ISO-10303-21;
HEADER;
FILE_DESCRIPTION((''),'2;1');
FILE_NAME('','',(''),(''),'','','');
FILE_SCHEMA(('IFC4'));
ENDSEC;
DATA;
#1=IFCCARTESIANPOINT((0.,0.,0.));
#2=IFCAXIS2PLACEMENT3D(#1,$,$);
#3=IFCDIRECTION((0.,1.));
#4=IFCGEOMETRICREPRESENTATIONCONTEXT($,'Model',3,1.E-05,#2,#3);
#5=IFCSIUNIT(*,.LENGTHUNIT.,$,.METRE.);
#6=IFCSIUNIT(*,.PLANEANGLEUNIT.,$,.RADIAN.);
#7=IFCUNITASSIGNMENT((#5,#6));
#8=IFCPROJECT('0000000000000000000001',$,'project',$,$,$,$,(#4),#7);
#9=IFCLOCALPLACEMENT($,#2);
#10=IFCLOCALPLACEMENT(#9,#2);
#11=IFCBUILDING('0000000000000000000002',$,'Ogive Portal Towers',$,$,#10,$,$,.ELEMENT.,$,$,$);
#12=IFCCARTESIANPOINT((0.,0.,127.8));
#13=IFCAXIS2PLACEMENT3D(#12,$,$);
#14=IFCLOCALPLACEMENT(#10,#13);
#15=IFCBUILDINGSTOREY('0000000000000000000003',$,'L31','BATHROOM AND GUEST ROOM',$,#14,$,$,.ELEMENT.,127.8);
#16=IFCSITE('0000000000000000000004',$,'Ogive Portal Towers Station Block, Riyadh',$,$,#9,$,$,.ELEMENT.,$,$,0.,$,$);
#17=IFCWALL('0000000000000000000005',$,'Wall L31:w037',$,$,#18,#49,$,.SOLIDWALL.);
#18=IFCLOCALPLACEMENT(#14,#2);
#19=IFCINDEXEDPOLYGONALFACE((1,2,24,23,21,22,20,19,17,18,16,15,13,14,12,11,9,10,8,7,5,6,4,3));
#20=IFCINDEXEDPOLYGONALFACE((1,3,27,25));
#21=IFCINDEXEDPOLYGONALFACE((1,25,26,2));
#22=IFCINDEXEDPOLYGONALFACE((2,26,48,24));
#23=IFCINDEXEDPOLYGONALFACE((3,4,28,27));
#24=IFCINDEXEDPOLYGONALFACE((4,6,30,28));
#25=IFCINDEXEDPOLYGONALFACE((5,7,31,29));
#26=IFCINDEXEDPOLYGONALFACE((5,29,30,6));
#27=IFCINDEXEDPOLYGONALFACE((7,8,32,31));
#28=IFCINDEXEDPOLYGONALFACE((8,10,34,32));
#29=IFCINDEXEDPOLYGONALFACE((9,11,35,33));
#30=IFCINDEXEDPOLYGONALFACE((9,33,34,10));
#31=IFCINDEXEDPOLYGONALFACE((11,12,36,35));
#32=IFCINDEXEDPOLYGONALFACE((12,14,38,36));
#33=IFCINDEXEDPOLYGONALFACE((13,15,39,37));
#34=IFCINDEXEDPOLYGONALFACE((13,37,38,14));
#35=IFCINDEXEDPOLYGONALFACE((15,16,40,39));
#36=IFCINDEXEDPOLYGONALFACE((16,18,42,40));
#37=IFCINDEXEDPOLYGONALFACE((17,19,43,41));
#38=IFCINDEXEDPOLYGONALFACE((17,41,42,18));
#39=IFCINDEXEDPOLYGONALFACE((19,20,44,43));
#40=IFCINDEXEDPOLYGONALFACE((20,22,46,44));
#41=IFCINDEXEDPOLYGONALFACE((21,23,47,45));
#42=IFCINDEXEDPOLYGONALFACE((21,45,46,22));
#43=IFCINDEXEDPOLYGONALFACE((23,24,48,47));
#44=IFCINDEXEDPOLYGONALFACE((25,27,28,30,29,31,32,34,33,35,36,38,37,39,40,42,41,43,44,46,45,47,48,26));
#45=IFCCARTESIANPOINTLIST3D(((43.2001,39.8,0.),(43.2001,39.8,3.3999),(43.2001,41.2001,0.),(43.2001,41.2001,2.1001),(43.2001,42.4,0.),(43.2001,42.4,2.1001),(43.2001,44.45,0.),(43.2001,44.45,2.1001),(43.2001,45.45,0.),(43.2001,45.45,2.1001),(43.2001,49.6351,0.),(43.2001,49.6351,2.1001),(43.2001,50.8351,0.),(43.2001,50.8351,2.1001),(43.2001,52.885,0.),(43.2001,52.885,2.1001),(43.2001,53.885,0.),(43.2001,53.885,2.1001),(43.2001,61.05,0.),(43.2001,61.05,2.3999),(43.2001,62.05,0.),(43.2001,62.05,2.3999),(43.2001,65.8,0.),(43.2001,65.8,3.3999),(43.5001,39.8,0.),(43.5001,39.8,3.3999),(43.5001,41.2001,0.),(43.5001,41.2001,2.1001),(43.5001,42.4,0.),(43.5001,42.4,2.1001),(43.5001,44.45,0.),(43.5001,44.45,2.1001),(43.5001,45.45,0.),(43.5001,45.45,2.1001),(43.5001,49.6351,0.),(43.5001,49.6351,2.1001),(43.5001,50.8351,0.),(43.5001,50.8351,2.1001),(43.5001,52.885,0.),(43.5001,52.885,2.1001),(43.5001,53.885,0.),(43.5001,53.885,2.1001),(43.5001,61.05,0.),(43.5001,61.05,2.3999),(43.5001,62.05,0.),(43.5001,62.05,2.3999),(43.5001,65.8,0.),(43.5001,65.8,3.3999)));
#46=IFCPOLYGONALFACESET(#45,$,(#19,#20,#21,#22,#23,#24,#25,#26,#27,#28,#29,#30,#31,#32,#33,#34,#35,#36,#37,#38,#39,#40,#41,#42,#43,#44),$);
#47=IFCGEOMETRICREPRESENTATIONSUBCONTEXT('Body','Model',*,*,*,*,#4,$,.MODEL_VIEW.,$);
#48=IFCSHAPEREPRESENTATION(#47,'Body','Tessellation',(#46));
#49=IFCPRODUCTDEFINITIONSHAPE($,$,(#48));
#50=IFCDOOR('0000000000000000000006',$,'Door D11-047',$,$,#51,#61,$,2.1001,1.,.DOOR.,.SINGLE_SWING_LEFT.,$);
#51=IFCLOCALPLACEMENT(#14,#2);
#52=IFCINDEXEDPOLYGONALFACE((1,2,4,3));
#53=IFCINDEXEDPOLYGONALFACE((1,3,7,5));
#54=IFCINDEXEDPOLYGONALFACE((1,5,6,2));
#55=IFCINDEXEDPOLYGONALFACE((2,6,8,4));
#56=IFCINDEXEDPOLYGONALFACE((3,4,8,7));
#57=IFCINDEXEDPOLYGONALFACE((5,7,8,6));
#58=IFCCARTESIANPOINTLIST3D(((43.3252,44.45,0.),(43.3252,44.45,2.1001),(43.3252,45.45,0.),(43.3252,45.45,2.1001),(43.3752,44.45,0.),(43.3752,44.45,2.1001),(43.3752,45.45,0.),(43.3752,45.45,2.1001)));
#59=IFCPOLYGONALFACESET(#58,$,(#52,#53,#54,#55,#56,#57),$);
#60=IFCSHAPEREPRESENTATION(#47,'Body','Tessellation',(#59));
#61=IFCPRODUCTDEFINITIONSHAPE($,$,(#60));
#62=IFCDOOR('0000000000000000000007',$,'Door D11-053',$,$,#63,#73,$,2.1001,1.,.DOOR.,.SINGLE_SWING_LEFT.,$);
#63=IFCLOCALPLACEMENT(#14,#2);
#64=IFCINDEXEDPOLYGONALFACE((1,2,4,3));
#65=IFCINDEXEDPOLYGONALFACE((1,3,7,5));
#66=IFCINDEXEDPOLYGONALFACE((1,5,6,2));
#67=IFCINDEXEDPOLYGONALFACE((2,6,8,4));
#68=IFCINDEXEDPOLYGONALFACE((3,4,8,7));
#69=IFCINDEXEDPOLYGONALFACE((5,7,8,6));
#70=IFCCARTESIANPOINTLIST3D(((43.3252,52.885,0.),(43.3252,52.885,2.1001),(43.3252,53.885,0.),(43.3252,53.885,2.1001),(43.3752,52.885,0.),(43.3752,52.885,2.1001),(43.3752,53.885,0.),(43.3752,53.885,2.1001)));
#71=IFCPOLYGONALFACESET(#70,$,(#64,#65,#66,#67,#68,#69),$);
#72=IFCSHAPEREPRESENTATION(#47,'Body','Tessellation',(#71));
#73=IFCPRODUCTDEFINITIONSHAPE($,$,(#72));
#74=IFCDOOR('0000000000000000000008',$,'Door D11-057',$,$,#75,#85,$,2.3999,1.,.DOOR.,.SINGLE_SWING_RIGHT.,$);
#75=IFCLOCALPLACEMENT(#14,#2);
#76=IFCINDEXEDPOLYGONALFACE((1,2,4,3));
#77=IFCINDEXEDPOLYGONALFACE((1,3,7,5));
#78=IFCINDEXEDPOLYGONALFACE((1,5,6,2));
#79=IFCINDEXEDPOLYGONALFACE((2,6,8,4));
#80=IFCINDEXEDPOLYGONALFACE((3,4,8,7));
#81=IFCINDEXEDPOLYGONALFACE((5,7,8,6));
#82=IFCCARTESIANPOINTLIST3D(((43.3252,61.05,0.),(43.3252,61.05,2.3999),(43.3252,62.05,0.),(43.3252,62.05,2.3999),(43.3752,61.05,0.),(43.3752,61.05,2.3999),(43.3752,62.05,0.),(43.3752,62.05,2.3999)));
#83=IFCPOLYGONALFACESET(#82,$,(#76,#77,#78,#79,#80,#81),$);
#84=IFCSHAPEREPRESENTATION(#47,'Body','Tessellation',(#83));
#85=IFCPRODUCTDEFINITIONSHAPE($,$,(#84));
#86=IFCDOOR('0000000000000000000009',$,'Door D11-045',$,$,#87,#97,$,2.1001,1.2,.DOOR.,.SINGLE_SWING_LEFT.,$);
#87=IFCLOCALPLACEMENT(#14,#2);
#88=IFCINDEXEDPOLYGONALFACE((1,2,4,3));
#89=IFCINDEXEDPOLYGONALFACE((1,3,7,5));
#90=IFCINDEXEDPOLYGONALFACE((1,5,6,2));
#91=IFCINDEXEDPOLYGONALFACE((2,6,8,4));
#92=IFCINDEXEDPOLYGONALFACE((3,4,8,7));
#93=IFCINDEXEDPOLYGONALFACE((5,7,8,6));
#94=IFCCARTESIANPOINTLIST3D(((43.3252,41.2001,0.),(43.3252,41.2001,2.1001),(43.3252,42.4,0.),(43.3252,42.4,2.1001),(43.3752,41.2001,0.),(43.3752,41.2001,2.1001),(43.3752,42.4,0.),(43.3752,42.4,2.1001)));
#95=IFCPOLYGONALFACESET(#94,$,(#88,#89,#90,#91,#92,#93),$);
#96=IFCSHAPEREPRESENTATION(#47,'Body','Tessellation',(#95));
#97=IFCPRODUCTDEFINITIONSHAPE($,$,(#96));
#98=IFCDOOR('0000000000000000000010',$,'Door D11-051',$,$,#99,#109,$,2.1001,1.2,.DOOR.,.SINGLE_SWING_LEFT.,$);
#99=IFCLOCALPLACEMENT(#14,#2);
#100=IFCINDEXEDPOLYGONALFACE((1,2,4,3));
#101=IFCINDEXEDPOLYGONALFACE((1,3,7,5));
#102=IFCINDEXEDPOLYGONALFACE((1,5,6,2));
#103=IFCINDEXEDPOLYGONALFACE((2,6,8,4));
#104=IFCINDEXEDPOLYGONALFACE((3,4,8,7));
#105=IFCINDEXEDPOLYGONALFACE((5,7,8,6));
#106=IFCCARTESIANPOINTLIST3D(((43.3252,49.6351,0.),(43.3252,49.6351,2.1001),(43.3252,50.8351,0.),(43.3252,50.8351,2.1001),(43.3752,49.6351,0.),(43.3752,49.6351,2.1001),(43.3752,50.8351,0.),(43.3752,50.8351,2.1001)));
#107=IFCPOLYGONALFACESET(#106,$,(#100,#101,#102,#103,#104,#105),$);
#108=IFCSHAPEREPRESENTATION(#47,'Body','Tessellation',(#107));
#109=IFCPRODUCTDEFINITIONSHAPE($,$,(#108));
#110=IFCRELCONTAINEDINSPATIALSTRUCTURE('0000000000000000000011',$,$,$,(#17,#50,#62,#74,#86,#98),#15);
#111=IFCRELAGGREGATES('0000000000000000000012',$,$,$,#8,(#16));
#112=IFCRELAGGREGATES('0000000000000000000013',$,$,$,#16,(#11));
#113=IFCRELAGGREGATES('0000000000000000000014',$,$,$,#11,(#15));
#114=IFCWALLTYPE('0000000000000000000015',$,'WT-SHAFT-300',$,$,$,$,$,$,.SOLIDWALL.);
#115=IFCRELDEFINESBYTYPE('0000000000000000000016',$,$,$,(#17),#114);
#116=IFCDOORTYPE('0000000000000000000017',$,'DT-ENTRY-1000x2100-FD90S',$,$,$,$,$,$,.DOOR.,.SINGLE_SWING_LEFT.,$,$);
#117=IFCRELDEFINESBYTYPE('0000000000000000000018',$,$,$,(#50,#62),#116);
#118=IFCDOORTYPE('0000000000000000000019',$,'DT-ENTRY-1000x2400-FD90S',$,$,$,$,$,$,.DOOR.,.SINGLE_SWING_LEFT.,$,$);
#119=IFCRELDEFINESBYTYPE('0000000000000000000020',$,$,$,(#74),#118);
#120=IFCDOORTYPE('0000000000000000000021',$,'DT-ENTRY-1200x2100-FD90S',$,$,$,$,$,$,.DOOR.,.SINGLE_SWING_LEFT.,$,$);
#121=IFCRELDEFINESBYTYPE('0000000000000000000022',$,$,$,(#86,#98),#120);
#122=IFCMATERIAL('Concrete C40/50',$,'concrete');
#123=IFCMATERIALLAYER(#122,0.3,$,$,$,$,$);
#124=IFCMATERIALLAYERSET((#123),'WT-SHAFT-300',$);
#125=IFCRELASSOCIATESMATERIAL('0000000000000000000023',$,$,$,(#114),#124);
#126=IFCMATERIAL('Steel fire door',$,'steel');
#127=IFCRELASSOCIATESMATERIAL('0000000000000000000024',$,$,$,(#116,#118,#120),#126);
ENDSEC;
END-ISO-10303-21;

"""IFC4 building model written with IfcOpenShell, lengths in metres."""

from ifc_helpers import new_model, si_unit, direction, frame, frame_2d, origin, place, context, subcontext, project, spatial, rectangle, extrude, material, layer, layer_set, type_object, element, fill, save


model = new_model("IFC4")

# Units and contexts
model_context = context("Model", 3, precision=1e-05, world=origin(), true_north=direction((0.0, 1.0)))
body_context = subcontext(model_context, "Body", "Model", "MODEL_VIEW")
ifc_project = project(units=[si_unit("LENGTHUNIT", "METRE"), si_unit("PLANEANGLEUNIT", "RADIAN")], contexts=[model_context])

# Site, building, storey
site_placement = place(None, origin())
site = spatial("IfcSite", under=ifc_project, at=site_placement, Name="Ogive Portal Towers Station Block, Riyadh", CompositionType="ELEMENT", RefElevation=0.0)
building_placement = place(site_placement, origin())
building = spatial("IfcBuilding", under=site, at=building_placement, Name="Ogive Portal Towers", CompositionType="ELEMENT")
storey_placement = place(building_placement, frame((0.0, 0.0, 127.8)))
storey = spatial("IfcBuildingStorey", under=building, at=storey_placement, Name="L31", Description="BATHROOM AND GUEST ROOM", CompositionType="ELEMENT", Elevation=127.8)

# Shared definitions
ifc_material_1 = material(Name="Steel fire door", Category="steel")

# Wall, openings, doors
ifc_material_2 = material(Name="Concrete C40/50", Category="concrete")
ifc_layer_1 = layer(ifc_material_2, 0.3)
ifc_layer_set_1 = layer_set([ifc_layer_1], Name="WT-SHAFT-300")
wall_type_1 = type_object("IfcWallType", Name="WT-SHAFT-300", PredefinedType="SOLIDWALL", material=ifc_layer_set_1)
wall_1_placement = place(storey_placement, frame((43.3501, 39.8, 0.0), z_axis=(0.0, 0.0, 1.0), x_axis=(0.0, 1.0, 0.0)))
wall_1 = element("IfcWall", 1, at=wall_1_placement, inside=storey, type_object=wall_type_1, Name="Wall L31:w037", PredefinedType="SOLIDWALL", context=body_context, shape_type="SweptSolid", body=[
    extrude(rectangle(XDim=26.0, YDim=0.3, at=frame_2d((13.0, 0.0))), origin(), (0.0, 0.0, 1.0), 3.3999),
])
opening_1_placement = place(wall_1_placement, frame((1.3999, 0.0, 0.0)))
opening_1 = element("IfcOpeningElement", 2, at=opening_1_placement, cuts=wall_1, PredefinedType="OPENING", context=body_context, shape_type="SweptSolid", body=[
    extrude(rectangle(XDim=1.2, YDim=2.1001, at=frame_2d((0.6001, 1.05))), frame((0.0, 0.1602, 0.0), z_axis=(0.0, -1.0, 0.0), x_axis=(1.0, 0.0, 0.0)), (0.0, 0.0, 1.0), 0.3201),
])
opening_2_placement = place(wall_1_placement, frame((4.6499, 0.0, 0.0)))
opening_2 = element("IfcOpeningElement", 3, at=opening_2_placement, cuts=wall_1, PredefinedType="OPENING", context=body_context, shape_type="SweptSolid", body=[
    extrude(rectangle(XDim=1.0, YDim=2.1001, at=frame_2d((0.5, 1.05))), frame((0.0, 0.1602, 0.0), z_axis=(0.0, -1.0, 0.0), x_axis=(1.0, 0.0, 0.0)), (0.0, 0.0, 1.0), 0.3201),
])
opening_3_placement = place(wall_1_placement, frame((9.835, 0.0, 0.0)))
opening_3 = element("IfcOpeningElement", 4, at=opening_3_placement, cuts=wall_1, PredefinedType="OPENING", context=body_context, shape_type="SweptSolid", body=[
    extrude(rectangle(XDim=1.2, YDim=2.1001, at=frame_2d((0.6001, 1.05))), frame((0.0, 0.1602, 0.0), z_axis=(0.0, -1.0, 0.0), x_axis=(1.0, 0.0, 0.0)), (0.0, 0.0, 1.0), 0.3201),
])
opening_4_placement = place(wall_1_placement, frame((13.085, 0.0, 0.0)))
opening_4 = element("IfcOpeningElement", 5, at=opening_4_placement, cuts=wall_1, PredefinedType="OPENING", context=body_context, shape_type="SweptSolid", body=[
    extrude(rectangle(XDim=1.0, YDim=2.1001, at=frame_2d((0.5, 1.05))), frame((0.0, 0.1602, 0.0), z_axis=(0.0, -1.0, 0.0), x_axis=(1.0, 0.0, 0.0)), (0.0, 0.0, 1.0), 0.3201),
])
opening_5_placement = place(wall_1_placement, frame((21.25, 0.0, 0.0)))
opening_5 = element("IfcOpeningElement", 6, at=opening_5_placement, cuts=wall_1, PredefinedType="OPENING", context=body_context, shape_type="SweptSolid", body=[
    extrude(rectangle(XDim=1.0, YDim=2.3999, at=frame_2d((0.5, 1.2))), frame((0.0, 0.1602, 0.0), z_axis=(0.0, -1.0, 0.0), x_axis=(1.0, 0.0, 0.0)), (0.0, 0.0, 1.0), 0.3201),
])
door_type_1 = type_object("IfcDoorType", Name="DT-ENTRY-1000x2100-FD90S", OperationType="SINGLE_SWING_LEFT", PredefinedType="DOOR", material=ifc_material_1)
door_1_placement = place(opening_2_placement, origin())
door_1 = element("IfcDoor", 7, at=door_1_placement, inside=storey, type_object=door_type_1, Name="Door D11-047", OperationType="SINGLE_SWING_LEFT", OverallHeight=2.1001, OverallWidth=1.0, PredefinedType="DOOR", context=body_context, shape_type="SweptSolid", body=[
    extrude(rectangle(XDim=1.0, YDim=2.1001, at=frame_2d((0.5, 1.05))), frame((0.0, 0.0249, 0.0), z_axis=(0.0, -1.0, 0.0), x_axis=(1.0, 0.0, 0.0)), (0.0, 0.0, 1.0), 0.05),
])
fill(opening_2, door_1)
door_2_placement = place(opening_4_placement, origin())
door_2 = element("IfcDoor", 8, at=door_2_placement, inside=storey, type_object=door_type_1, Name="Door D11-053", OperationType="SINGLE_SWING_LEFT", OverallHeight=2.1001, OverallWidth=1.0, PredefinedType="DOOR", context=body_context, shape_type="SweptSolid", body=[
    extrude(rectangle(XDim=1.0, YDim=2.1001, at=frame_2d((0.5, 1.05))), frame((0.0, 0.0249, 0.0), z_axis=(0.0, -1.0, 0.0), x_axis=(1.0, 0.0, 0.0)), (0.0, 0.0, 1.0), 0.05),
])
fill(opening_4, door_2)
door_type_2 = type_object("IfcDoorType", Name="DT-ENTRY-1000x2400-FD90S", OperationType="SINGLE_SWING_LEFT", PredefinedType="DOOR", material=ifc_material_1)
door_3_placement = place(opening_5_placement, origin())
door_3 = element("IfcDoor", 9, at=door_3_placement, inside=storey, type_object=door_type_2, Name="Door D11-057", OperationType="SINGLE_SWING_RIGHT", OverallHeight=2.3999, OverallWidth=1.0, PredefinedType="DOOR", context=body_context, shape_type="SweptSolid", body=[
    extrude(rectangle(XDim=1.0, YDim=2.3999, at=frame_2d((0.5, 1.2))), frame((0.0, 0.0249, 0.0), z_axis=(0.0, -1.0, 0.0), x_axis=(1.0, 0.0, 0.0)), (0.0, 0.0, 1.0), 0.05),
])
fill(opening_5, door_3)
door_type_3 = type_object("IfcDoorType", Name="DT-ENTRY-1200x2100-FD90S", OperationType="SINGLE_SWING_LEFT", PredefinedType="DOOR", material=ifc_material_1)
door_4_placement = place(opening_1_placement, origin())
door_4 = element("IfcDoor", 10, at=door_4_placement, inside=storey, type_object=door_type_3, Name="Door D11-045", OperationType="SINGLE_SWING_LEFT", OverallHeight=2.1001, OverallWidth=1.2, PredefinedType="DOOR", context=body_context, shape_type="SweptSolid", body=[
    extrude(rectangle(XDim=1.2, YDim=2.1001, at=frame_2d((0.6001, 1.05))), frame((0.0, 0.0249, 0.0), z_axis=(0.0, -1.0, 0.0), x_axis=(1.0, 0.0, 0.0)), (0.0, 0.0, 1.0), 0.05),
])
fill(opening_1, door_4)
door_5_placement = place(opening_3_placement, origin())
door_5 = element("IfcDoor", 11, at=door_5_placement, inside=storey, type_object=door_type_3, Name="Door D11-051", OperationType="SINGLE_SWING_LEFT", OverallHeight=2.1001, OverallWidth=1.2, PredefinedType="DOOR", context=body_context, shape_type="SweptSolid", body=[
    extrude(rectangle(XDim=1.2, YDim=2.1001, at=frame_2d((0.6001, 1.05))), frame((0.0, 0.0249, 0.0), z_axis=(0.0, -1.0, 0.0), x_axis=(1.0, 0.0, 0.0)), (0.0, 0.0, 1.0), 0.05),
])
fill(opening_3, door_5)

save(model, "model.ifc")
